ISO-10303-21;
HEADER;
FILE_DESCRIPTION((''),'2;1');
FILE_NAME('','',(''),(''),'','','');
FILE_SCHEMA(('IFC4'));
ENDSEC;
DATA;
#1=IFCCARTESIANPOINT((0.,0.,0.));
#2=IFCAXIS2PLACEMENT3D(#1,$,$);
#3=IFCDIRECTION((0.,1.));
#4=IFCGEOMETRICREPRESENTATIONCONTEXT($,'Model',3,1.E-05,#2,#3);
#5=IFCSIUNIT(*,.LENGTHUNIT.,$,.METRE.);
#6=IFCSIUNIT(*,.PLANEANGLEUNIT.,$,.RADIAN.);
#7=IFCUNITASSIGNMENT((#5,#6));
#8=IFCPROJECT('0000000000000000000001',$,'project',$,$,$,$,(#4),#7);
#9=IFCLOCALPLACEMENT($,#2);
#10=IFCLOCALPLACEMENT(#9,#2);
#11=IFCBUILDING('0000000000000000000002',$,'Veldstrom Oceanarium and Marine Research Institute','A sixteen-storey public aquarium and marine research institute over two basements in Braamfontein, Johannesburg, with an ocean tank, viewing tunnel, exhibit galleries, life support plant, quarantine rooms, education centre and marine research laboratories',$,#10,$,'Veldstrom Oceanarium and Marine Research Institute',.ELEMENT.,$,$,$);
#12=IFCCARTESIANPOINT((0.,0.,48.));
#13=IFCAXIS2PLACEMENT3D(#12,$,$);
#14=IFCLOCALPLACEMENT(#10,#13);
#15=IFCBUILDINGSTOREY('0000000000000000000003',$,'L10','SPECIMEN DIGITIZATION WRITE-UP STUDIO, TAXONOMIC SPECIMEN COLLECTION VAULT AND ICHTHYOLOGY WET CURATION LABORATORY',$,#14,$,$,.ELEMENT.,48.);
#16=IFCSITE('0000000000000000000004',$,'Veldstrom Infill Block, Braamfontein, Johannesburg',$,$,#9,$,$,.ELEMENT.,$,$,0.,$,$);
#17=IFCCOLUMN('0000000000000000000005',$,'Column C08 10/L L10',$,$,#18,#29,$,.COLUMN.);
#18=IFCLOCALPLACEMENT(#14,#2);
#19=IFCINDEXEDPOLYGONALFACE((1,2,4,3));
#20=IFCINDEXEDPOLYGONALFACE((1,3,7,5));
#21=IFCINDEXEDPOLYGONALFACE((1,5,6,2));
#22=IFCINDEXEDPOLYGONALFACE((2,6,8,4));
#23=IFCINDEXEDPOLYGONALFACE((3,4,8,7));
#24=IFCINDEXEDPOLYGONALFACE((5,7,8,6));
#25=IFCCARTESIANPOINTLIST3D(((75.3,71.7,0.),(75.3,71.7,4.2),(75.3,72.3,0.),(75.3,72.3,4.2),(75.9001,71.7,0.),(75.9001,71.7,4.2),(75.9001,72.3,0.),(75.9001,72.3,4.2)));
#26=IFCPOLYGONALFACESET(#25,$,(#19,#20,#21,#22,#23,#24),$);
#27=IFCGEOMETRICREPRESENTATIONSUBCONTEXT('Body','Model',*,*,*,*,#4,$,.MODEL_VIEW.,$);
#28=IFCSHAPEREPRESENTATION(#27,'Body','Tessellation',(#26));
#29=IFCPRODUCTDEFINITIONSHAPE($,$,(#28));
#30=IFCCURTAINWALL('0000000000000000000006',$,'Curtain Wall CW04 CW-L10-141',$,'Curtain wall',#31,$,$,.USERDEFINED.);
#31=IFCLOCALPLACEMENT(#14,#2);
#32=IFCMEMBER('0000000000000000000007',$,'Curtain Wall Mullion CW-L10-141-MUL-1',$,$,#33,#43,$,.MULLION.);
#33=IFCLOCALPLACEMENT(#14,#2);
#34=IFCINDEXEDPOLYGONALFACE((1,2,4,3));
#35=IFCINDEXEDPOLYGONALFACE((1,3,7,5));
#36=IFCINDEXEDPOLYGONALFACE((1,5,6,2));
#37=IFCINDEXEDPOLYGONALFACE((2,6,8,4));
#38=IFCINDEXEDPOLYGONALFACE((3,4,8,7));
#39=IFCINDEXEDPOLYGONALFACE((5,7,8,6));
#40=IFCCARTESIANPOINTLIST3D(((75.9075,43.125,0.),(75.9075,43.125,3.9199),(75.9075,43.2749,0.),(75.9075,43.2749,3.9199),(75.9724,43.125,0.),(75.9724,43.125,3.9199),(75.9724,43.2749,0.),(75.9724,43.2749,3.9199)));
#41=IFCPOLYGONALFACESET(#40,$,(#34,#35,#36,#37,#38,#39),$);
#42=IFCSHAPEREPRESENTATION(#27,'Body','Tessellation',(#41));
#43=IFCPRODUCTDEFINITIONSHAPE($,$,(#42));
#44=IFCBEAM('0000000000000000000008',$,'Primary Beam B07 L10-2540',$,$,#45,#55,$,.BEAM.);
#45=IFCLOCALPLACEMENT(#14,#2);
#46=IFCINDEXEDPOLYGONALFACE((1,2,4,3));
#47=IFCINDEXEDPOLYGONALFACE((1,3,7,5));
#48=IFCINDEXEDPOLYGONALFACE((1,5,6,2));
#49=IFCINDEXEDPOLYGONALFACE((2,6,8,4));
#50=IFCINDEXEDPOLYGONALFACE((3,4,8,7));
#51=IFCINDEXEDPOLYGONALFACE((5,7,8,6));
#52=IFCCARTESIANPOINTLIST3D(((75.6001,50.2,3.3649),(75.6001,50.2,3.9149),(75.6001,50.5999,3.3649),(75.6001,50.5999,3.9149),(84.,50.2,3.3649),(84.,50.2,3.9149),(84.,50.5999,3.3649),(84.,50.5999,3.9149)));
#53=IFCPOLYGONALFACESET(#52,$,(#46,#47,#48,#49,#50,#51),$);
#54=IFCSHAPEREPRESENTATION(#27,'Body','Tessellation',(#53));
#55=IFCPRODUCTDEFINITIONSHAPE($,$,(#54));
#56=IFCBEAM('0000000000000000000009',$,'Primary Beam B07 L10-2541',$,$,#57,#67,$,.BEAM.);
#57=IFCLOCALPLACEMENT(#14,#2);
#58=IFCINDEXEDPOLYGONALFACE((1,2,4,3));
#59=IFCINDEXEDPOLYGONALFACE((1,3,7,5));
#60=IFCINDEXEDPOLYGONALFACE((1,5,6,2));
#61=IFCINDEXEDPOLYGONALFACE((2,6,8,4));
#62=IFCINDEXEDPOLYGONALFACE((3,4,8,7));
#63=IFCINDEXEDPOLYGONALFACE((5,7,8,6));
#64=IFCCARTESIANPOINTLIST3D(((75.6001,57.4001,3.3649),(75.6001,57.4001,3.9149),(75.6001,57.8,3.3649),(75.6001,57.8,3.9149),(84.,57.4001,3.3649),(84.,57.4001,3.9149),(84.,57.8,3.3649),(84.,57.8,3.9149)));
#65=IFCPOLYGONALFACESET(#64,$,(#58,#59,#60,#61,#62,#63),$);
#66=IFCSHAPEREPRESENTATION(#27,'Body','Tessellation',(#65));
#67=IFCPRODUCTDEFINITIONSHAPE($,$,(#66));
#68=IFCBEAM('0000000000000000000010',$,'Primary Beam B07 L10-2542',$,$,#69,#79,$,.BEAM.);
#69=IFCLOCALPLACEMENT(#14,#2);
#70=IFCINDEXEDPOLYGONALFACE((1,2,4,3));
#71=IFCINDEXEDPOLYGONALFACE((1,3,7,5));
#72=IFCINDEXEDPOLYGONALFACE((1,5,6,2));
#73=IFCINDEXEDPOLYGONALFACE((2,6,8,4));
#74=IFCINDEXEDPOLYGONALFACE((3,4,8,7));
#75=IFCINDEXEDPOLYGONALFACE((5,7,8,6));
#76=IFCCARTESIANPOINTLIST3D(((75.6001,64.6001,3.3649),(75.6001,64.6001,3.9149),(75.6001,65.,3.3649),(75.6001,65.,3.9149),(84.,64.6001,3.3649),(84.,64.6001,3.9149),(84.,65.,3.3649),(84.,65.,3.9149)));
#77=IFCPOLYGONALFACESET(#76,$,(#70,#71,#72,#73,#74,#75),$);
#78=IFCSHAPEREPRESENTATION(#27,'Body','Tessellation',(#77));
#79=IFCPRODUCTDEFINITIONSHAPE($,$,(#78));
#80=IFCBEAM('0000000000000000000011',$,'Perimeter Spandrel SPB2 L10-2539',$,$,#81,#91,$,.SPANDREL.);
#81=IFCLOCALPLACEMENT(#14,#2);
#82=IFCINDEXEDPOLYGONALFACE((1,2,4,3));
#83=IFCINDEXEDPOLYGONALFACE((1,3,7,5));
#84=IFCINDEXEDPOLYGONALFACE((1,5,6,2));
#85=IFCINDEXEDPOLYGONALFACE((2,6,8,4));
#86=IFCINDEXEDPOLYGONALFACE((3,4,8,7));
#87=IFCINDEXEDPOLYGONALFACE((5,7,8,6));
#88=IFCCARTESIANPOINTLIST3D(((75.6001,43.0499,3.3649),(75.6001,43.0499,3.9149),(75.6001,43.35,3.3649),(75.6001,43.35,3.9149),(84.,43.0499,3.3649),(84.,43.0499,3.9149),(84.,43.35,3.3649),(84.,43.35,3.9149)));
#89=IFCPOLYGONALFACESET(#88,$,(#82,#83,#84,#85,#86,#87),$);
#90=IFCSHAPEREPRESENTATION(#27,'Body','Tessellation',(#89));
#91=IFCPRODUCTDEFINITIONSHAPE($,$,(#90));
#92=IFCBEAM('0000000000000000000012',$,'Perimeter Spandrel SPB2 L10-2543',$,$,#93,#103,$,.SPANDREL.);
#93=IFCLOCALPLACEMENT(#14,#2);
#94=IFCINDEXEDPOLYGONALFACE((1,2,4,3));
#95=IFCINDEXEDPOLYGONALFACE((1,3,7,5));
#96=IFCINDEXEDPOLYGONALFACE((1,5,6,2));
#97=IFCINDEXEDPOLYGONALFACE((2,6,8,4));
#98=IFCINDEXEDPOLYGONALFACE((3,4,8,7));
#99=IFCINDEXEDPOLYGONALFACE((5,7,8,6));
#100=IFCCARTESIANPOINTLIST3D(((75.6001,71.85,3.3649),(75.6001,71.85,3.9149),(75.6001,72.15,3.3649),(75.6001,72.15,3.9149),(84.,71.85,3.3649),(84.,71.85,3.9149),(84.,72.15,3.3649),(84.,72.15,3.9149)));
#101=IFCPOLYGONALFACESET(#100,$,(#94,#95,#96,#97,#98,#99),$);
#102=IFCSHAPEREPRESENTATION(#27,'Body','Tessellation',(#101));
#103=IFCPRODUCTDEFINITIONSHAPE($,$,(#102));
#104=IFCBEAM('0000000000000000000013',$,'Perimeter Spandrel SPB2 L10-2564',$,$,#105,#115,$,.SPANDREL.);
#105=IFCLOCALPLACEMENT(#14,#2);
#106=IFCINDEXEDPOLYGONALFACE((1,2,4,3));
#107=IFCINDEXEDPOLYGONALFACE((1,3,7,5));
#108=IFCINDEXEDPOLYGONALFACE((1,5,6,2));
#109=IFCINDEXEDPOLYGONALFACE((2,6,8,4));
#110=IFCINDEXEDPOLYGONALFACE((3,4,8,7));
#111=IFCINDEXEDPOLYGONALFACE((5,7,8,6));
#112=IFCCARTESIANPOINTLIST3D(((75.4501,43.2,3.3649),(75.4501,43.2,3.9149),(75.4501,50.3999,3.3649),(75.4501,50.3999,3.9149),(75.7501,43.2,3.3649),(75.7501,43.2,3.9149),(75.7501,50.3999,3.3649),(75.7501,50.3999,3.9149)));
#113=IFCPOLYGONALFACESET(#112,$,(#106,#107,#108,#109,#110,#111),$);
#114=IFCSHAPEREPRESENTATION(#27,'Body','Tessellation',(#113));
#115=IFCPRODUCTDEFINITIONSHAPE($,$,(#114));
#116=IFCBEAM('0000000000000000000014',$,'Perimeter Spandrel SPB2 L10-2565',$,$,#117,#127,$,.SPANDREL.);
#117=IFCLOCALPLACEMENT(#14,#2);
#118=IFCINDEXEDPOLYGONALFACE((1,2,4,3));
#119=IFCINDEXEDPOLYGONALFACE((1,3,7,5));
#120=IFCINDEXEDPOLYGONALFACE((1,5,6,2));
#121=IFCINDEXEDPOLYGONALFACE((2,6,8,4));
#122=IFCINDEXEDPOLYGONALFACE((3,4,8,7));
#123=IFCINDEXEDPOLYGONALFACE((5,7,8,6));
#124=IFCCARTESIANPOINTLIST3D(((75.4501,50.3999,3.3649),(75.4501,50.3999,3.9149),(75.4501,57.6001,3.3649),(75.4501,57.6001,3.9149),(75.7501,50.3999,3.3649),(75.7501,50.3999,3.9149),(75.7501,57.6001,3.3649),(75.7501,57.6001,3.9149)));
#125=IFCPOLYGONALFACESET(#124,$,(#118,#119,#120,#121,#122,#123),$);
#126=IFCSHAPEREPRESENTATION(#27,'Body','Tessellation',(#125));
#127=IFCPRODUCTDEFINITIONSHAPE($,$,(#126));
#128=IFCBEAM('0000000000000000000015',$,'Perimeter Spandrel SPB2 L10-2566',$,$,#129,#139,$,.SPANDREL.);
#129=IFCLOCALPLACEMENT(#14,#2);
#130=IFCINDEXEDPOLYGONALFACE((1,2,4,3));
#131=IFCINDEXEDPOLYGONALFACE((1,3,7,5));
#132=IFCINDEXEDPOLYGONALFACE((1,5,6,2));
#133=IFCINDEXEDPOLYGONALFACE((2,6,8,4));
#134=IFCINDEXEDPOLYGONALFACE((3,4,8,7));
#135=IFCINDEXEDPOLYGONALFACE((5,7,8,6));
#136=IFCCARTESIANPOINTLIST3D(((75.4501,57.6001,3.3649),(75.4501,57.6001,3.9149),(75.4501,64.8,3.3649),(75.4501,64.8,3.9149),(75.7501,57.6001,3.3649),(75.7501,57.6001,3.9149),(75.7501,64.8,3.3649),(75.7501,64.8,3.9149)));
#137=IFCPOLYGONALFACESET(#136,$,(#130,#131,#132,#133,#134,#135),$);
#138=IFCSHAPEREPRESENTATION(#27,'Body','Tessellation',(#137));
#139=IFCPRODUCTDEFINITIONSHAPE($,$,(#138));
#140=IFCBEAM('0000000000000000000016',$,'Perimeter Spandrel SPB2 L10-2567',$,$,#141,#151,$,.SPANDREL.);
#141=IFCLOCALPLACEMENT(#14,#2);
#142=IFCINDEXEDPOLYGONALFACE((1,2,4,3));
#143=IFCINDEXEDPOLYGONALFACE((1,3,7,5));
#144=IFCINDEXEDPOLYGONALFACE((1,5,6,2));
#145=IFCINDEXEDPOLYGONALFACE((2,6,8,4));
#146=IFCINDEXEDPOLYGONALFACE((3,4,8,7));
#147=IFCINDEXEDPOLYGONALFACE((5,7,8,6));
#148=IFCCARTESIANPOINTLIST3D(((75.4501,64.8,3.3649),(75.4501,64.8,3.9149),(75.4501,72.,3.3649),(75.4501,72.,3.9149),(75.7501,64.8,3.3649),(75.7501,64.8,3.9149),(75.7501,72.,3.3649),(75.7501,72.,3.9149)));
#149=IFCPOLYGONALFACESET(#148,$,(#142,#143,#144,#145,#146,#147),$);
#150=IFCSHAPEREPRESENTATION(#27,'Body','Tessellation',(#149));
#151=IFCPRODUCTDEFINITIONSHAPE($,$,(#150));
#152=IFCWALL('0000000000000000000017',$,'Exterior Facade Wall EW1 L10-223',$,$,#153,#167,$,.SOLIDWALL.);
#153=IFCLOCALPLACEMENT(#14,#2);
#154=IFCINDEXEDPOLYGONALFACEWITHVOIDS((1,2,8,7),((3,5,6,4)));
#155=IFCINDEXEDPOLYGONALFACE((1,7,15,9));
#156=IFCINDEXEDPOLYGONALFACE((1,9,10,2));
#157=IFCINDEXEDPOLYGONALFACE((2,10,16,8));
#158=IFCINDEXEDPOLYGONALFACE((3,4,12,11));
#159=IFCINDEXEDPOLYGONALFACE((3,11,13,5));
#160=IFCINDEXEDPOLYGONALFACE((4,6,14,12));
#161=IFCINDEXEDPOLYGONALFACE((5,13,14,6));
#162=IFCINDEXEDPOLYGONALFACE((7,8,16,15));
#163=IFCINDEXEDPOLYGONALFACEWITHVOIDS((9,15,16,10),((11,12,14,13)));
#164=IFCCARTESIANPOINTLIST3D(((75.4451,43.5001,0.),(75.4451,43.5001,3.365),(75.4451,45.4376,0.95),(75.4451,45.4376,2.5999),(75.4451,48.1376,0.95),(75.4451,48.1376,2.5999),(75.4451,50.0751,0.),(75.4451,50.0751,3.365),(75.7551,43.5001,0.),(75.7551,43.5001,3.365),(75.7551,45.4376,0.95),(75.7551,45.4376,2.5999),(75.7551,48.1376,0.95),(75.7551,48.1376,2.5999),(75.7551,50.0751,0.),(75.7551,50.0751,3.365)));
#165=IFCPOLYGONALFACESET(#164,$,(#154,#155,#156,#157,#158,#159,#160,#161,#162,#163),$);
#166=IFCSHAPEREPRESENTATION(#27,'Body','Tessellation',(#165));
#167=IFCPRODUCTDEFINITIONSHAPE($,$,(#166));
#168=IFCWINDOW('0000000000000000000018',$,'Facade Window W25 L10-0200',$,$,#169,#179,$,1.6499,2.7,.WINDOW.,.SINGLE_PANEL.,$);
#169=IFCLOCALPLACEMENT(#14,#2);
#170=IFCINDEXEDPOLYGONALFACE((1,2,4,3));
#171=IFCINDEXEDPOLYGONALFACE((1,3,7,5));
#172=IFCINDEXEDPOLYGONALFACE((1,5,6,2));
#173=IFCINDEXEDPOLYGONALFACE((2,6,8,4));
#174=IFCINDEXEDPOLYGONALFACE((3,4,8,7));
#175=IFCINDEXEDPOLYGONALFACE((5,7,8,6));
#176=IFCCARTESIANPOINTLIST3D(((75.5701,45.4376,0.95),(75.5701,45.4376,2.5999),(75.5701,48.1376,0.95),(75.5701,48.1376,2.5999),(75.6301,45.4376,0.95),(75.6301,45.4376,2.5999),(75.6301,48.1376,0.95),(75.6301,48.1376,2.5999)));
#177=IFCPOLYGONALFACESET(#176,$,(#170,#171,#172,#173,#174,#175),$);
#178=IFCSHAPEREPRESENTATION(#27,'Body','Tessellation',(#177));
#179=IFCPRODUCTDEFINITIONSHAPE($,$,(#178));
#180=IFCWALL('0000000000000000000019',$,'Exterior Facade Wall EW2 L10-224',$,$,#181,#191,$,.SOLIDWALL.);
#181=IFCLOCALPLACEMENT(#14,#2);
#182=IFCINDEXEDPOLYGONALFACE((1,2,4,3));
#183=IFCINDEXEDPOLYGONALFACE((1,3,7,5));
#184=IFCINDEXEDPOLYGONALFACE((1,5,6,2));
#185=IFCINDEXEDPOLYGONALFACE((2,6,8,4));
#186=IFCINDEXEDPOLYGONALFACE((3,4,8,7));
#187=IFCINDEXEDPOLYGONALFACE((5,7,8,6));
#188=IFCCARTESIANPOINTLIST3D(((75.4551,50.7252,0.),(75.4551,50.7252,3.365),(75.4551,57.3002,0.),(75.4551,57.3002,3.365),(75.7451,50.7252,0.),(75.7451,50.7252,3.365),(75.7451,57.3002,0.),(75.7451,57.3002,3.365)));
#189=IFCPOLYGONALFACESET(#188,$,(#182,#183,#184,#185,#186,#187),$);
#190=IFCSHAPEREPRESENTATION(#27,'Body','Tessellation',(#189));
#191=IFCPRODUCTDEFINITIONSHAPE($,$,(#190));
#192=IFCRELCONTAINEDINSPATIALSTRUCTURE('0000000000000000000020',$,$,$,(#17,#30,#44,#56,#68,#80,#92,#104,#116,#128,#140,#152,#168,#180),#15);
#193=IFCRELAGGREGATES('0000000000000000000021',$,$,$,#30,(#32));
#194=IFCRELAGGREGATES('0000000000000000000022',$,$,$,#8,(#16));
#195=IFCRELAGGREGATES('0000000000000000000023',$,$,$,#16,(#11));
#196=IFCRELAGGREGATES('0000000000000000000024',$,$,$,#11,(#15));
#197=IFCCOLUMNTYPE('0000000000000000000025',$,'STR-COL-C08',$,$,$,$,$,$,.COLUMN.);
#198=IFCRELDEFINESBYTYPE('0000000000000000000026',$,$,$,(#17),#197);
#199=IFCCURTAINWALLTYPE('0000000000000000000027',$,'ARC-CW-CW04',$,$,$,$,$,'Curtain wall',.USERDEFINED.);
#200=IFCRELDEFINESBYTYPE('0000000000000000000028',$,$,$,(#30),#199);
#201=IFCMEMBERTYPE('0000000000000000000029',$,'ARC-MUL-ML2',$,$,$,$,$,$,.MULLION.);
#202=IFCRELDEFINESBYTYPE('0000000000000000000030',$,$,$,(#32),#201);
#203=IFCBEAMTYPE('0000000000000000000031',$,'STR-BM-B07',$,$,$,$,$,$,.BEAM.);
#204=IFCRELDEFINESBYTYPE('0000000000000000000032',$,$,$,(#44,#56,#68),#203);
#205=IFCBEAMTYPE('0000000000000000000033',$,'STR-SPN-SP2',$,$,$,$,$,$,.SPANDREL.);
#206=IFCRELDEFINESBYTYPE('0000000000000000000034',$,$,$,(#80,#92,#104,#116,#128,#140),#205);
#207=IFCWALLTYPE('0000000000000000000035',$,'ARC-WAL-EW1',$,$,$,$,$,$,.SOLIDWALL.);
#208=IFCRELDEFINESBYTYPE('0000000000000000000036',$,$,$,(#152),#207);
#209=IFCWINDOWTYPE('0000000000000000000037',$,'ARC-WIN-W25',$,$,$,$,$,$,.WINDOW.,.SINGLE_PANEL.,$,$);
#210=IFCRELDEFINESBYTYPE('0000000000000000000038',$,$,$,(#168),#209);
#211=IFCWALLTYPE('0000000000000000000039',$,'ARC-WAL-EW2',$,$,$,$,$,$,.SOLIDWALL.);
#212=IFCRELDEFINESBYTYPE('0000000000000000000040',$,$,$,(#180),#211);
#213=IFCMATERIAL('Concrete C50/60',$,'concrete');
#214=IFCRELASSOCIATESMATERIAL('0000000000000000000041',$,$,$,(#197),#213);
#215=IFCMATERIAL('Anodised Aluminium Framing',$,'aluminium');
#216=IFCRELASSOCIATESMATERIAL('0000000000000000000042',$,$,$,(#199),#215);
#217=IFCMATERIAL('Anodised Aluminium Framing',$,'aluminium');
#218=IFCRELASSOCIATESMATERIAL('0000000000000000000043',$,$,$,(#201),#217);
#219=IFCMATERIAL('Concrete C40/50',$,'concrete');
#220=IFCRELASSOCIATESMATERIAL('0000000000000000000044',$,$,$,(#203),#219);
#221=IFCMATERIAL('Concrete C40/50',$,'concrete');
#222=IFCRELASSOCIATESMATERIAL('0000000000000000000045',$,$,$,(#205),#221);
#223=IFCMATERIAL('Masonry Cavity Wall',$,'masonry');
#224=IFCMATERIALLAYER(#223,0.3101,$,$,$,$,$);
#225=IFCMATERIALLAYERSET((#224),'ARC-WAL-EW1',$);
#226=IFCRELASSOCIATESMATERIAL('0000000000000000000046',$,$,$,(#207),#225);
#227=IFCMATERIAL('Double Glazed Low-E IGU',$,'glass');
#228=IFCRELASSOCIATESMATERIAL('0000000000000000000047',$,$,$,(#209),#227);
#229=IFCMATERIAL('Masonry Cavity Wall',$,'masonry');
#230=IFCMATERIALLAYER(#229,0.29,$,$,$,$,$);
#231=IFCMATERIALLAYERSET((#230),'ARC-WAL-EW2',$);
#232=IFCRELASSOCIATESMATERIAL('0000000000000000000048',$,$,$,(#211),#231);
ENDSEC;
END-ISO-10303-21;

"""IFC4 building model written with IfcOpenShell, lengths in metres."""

from ifc_helpers import new_model, si_unit, direction, frame, frame_2d, origin, origin_2d, place, context, subcontext, project, spatial, rectangle, extrude, material, layer, layer_set, material_profile, profile_set, type_object, element, fill, aggregate, save


model = new_model("IFC4")

# Units and contexts
model_context = context("Model", 3, precision=1e-05, world=origin(), true_north=direction((0.0, 1.0)))
body_context = subcontext(model_context, "Body", "Model", "MODEL_VIEW")
ifc_project = project(units=[si_unit("LENGTHUNIT", "METRE"), si_unit("PLANEANGLEUNIT", "RADIAN")], contexts=[model_context])

# Site, building, storey
site_placement = place(None, origin())
site = spatial("IfcSite", under=ifc_project, at=site_placement, Name="Veldstrom Infill Block, Braamfontein, Johannesburg", CompositionType="ELEMENT", RefElevation=0.0)
building_placement = place(site_placement, origin())
building = spatial("IfcBuilding", under=site, at=building_placement, Name="Veldstrom Oceanarium and Marine Research Institute", Description="A sixteen-storey public aquarium and marine research institute over two basements in Braamfontein, Johannesburg, with an ocean tank, viewing tunnel, exhibit galleries, life support plant, quarantine rooms, education centre and marine research laboratories", LongName="Veldstrom Oceanarium and Marine Research Institute", CompositionType="ELEMENT")
storey_placement = place(building_placement, frame((0.0, 0.0, 48.0)))
storey = spatial("IfcBuildingStorey", under=building, at=storey_placement, Name="L10", Description="SPECIMEN DIGITIZATION WRITE-UP STUDIO, TAXONOMIC SPECIMEN COLLECTION VAULT AND ICHTHYOLOGY WET CURATION LABORATORY", CompositionType="ELEMENT", Elevation=48.0)

# Column
ifc_material_1 = material(Name="Concrete C50/60", Category="concrete")
ifc_material_profile_1 = material_profile(ifc_material_1, rectangle(XDim=0.6001, YDim=0.6001, at=origin_2d()), Name="RC-COL-600x600")
ifc_profile_set_1 = profile_set([ifc_material_profile_1], Name="Concrete C50/60")
column_type = type_object("IfcColumnType", Name="STR-COL-C08", PredefinedType="COLUMN", material=ifc_profile_set_1)
column_placement = place(storey_placement, frame((75.6001, 72.0, 0.0), z_axis=(0.0, 0.0, 1.0), x_axis=(1.0, 0.0, 0.0)))
element("IfcColumn", 1, at=column_placement, inside=storey, type_object=column_type, Name="Column C08 10/L L10", PredefinedType="COLUMN", context=body_context, shape_type="SweptSolid", body=[
    extrude(rectangle(XDim=0.6001, YDim=0.6001, at=origin_2d()), origin(), (0.0, 0.0, 1.0), 4.2),
])

# Curtain wall, member
ifc_material_2 = material(Name="Anodised Aluminium Framing", Category="aluminium")
curtain_wall_type = type_object("IfcCurtainWallType", Name="ARC-CW-CW04", ElementType="Curtain wall", PredefinedType="USERDEFINED", material=ifc_material_2)
curtain_wall_placement = place(storey_placement, origin())
curtain_wall = element("IfcCurtainWall", 2, at=curtain_wall_placement, inside=storey, type_object=curtain_wall_type, Name="Curtain Wall CW04 CW-L10-141", ObjectType="Curtain wall", PredefinedType="USERDEFINED")
ifc_material_3 = material(Name="Anodised Aluminium Framing", Category="aluminium")
ifc_material_profile_2 = material_profile(ifc_material_3, rectangle(XDim=0.0649, YDim=0.1499, at=origin_2d()), Name="ALU-MUL-65x150")
ifc_profile_set_2 = profile_set([ifc_material_profile_2], Name="Anodised Aluminium Framing")
member_type = type_object("IfcMemberType", Name="ARC-MUL-ML2", PredefinedType="MULLION", material=ifc_profile_set_2)
member_placement = place(storey_placement, frame((75.9399, 43.2, 0.0), z_axis=(0.0, 0.0, 1.0), x_axis=(1.0, 0.0, 0.0)))
member = element("IfcMember", 3, at=member_placement, type_object=member_type, Name="Curtain Wall Mullion CW-L10-141-MUL-1", PredefinedType="MULLION", context=body_context, shape_type="SweptSolid", body=[
    extrude(rectangle(XDim=0.0649, YDim=0.1499, at=origin_2d()), origin(), (0.0, 0.0, 1.0), 3.9199),
])
aggregate(curtain_wall, [member])

# Beams
ifc_material_4 = material(Name="Concrete C40/50", Category="concrete")
ifc_material_profile_3 = material_profile(ifc_material_4, rectangle(XDim=0.3999, YDim=0.55, at=origin_2d()), Name="RC-BM-400x550")
ifc_profile_set_3 = profile_set([ifc_material_profile_3], Name="Concrete C40/50")
beam_type_1 = type_object("IfcBeamType", Name="STR-BM-B07", PredefinedType="BEAM", material=ifc_profile_set_3)
for number, where, z_axis, x_axis, name in (
    (4, (75.6001, 50.3999, 3.6399), (1.0, 0.0, 0.0), (0.0, 1.0, 0.0), "Primary Beam B07 L10-2540"),
    (5, (75.6001, 57.6001, 3.6399), (1.0, 0.0, 0.0), (0.0, 1.0, 0.0), "Primary Beam B07 L10-2541"),
    (6, (75.6001, 64.8, 3.6399), (1.0, 0.0, 0.0), (0.0, 1.0, 0.0), "Primary Beam B07 L10-2542"),
):
    element("IfcBeam", number, at=place(storey_placement, frame(where, z_axis=z_axis, x_axis=x_axis)), inside=storey, type_object=beam_type_1, Name=name, PredefinedType="BEAM", context=body_context, shape_type="SweptSolid", body=[
        extrude(rectangle(XDim=0.3999, YDim=0.55, at=origin_2d()), origin(), (0.0, 0.0, 1.0), 8.3999),
    ])
ifc_material_5 = material(Name="Concrete C40/50", Category="concrete")
ifc_material_profile_4 = material_profile(ifc_material_5, rectangle(XDim=0.3, YDim=0.55, at=origin_2d()), Name="RC-SPN-300x550")
ifc_profile_set_4 = profile_set([ifc_material_profile_4], Name="Concrete C40/50")
beam_type_2 = type_object("IfcBeamType", Name="STR-SPN-SP2", PredefinedType="SPANDREL", material=ifc_profile_set_4)
for number, where, z_axis, x_axis, name in (
    (7, (75.6001, 43.2, 3.6399), (1.0, 0.0, 0.0), (0.0, 1.0, 0.0), "Perimeter Spandrel SPB2 L10-2539"),
    (8, (75.6001, 72.0, 3.6399), (1.0, 0.0, 0.0), (0.0, 1.0, 0.0), "Perimeter Spandrel SPB2 L10-2543"),
):
    element("IfcBeam", number, at=place(storey_placement, frame(where, z_axis=z_axis, x_axis=x_axis)), inside=storey, type_object=beam_type_2, Name=name, PredefinedType="SPANDREL", context=body_context, shape_type="SweptSolid", body=[
        extrude(rectangle(XDim=0.3, YDim=0.55, at=origin_2d()), origin(), (0.0, 0.0, 1.0), 8.3999),
    ])
beam_1_placement = place(storey_placement, frame((75.6001, 43.2, 3.6399), z_axis=(0.0, 1.0, 0.0), x_axis=(-1.0, 0.0, 0.0)))
element("IfcBeam", 9, at=beam_1_placement, inside=storey, type_object=beam_type_2, Name="Perimeter Spandrel SPB2 L10-2564", PredefinedType="SPANDREL", context=body_context, shape_type="SweptSolid", body=[
    extrude(rectangle(XDim=0.3, YDim=0.55, at=origin_2d()), origin(), (0.0, 0.0, 1.0), 7.2),
])
beam_2_placement = place(storey_placement, frame((75.6001, 50.3999, 3.6399), z_axis=(0.0, 1.0, 0.0), x_axis=(-1.0, 0.0, 0.0)))
element("IfcBeam", 10, at=beam_2_placement, inside=storey, type_object=beam_type_2, Name="Perimeter Spandrel SPB2 L10-2565", PredefinedType="SPANDREL", context=body_context, shape_type="SweptSolid", body=[
    extrude(rectangle(XDim=0.3, YDim=0.55, at=origin_2d()), origin(), (0.0, 0.0, 1.0), 7.2002),
])
for number, where, z_axis, x_axis, name in (
    (11, (75.6001, 57.6001, 3.6399), (0.0, 1.0, 0.0), (-1.0, 0.0, 0.0), "Perimeter Spandrel SPB2 L10-2566"),
    (12, (75.6001, 64.8, 3.6399), (0.0, 1.0, 0.0), (-1.0, 0.0, 0.0), "Perimeter Spandrel SPB2 L10-2567"),
):
    element("IfcBeam", number, at=place(storey_placement, frame(where, z_axis=z_axis, x_axis=x_axis)), inside=storey, type_object=beam_type_2, Name=name, PredefinedType="SPANDREL", context=body_context, shape_type="SweptSolid", body=[
        extrude(rectangle(XDim=0.3, YDim=0.55, at=origin_2d()), origin(), (0.0, 0.0, 1.0), 7.2),
    ])

# Wall, opening, window
ifc_material_6 = material(Name="Masonry Cavity Wall", Category="masonry")
ifc_layer_1 = layer(ifc_material_6, 0.3101)
ifc_layer_set_1 = layer_set([ifc_layer_1], Name="ARC-WAL-EW1")
wall_type_1 = type_object("IfcWallType", Name="ARC-WAL-EW1", PredefinedType="SOLIDWALL", material=ifc_layer_set_1)
wall_1_placement = place(storey_placement, frame((75.6001, 43.5, 0.0), z_axis=(0.0, 0.0, 1.0), x_axis=(0.0, 1.0, 0.0)))
wall_1 = element("IfcWall", 13, at=wall_1_placement, inside=storey, type_object=wall_type_1, Name="Exterior Facade Wall EW1 L10-223", PredefinedType="SOLIDWALL", context=body_context, shape_type="SweptSolid", body=[
    extrude(rectangle(XDim=6.575, YDim=0.3101, at=frame_2d((3.2876, 0.0))), origin(), (0.0, 0.0, 1.0), 3.365),
])
opening_1_placement = place(wall_1_placement, frame((1.9375, 0.0, 0.95)))
opening_1 = element("IfcOpeningElement", 14, at=opening_1_placement, cuts=wall_1, PredefinedType="OPENING", context=body_context, shape_type="SweptSolid", body=[
    extrude(rectangle(XDim=2.7, YDim=1.6499, at=frame_2d((1.3501, 0.825))), frame((0.0, 0.165, 0.0), z_axis=(0.0, -1.0, 0.0), x_axis=(1.0, 0.0, 0.0)), (0.0, 0.0, 1.0), 0.3301),
])
ifc_material_7 = material(Name="Double Glazed Low-E IGU", Category="glass")
window_type_1 = type_object("IfcWindowType", Name="ARC-WIN-W25", PartitioningType="SINGLE_PANEL", PredefinedType="WINDOW", material=ifc_material_7)
window_1_placement = place(opening_1_placement, origin())
window_1 = element("IfcWindow", 15, at=window_1_placement, inside=storey, type_object=window_type_1, Name="Facade Window W25 L10-0200", OverallHeight=1.6499, OverallWidth=2.7, PartitioningType="SINGLE_PANEL", PredefinedType="WINDOW", context=body_context, shape_type="SweptSolid", body=[
    extrude(rectangle(XDim=2.7, YDim=1.6499, at=frame_2d((1.3501, 0.825))), frame((0.0, 0.03, 0.0), z_axis=(0.0, -1.0, 0.0), x_axis=(1.0, 0.0, 0.0)), (0.0, 0.0, 1.0), 0.0601),
])
fill(opening_1, window_1)

# Wall
ifc_material_8 = material(Name="Masonry Cavity Wall", Category="masonry")
ifc_layer_2 = layer(ifc_material_8, 0.29)
ifc_layer_set_2 = layer_set([ifc_layer_2], Name="ARC-WAL-EW2")
wall_type_2 = type_object("IfcWallType", Name="ARC-WAL-EW2", PredefinedType="SOLIDWALL", material=ifc_layer_set_2)
wall_2_placement = place(storey_placement, frame((75.6001, 50.7251, 0.0), z_axis=(0.0, 0.0, 1.0), x_axis=(0.0, 1.0, 0.0)))
element("IfcWall", 16, at=wall_2_placement, inside=storey, type_object=wall_type_2, Name="Exterior Facade Wall EW2 L10-224", PredefinedType="SOLIDWALL", context=body_context, shape_type="SweptSolid", body=[
    extrude(rectangle(XDim=6.575, YDim=0.29, at=frame_2d((3.2876, 0.0))), origin(), (0.0, 0.0, 1.0), 3.365),
])

save(model, "model.ifc")
